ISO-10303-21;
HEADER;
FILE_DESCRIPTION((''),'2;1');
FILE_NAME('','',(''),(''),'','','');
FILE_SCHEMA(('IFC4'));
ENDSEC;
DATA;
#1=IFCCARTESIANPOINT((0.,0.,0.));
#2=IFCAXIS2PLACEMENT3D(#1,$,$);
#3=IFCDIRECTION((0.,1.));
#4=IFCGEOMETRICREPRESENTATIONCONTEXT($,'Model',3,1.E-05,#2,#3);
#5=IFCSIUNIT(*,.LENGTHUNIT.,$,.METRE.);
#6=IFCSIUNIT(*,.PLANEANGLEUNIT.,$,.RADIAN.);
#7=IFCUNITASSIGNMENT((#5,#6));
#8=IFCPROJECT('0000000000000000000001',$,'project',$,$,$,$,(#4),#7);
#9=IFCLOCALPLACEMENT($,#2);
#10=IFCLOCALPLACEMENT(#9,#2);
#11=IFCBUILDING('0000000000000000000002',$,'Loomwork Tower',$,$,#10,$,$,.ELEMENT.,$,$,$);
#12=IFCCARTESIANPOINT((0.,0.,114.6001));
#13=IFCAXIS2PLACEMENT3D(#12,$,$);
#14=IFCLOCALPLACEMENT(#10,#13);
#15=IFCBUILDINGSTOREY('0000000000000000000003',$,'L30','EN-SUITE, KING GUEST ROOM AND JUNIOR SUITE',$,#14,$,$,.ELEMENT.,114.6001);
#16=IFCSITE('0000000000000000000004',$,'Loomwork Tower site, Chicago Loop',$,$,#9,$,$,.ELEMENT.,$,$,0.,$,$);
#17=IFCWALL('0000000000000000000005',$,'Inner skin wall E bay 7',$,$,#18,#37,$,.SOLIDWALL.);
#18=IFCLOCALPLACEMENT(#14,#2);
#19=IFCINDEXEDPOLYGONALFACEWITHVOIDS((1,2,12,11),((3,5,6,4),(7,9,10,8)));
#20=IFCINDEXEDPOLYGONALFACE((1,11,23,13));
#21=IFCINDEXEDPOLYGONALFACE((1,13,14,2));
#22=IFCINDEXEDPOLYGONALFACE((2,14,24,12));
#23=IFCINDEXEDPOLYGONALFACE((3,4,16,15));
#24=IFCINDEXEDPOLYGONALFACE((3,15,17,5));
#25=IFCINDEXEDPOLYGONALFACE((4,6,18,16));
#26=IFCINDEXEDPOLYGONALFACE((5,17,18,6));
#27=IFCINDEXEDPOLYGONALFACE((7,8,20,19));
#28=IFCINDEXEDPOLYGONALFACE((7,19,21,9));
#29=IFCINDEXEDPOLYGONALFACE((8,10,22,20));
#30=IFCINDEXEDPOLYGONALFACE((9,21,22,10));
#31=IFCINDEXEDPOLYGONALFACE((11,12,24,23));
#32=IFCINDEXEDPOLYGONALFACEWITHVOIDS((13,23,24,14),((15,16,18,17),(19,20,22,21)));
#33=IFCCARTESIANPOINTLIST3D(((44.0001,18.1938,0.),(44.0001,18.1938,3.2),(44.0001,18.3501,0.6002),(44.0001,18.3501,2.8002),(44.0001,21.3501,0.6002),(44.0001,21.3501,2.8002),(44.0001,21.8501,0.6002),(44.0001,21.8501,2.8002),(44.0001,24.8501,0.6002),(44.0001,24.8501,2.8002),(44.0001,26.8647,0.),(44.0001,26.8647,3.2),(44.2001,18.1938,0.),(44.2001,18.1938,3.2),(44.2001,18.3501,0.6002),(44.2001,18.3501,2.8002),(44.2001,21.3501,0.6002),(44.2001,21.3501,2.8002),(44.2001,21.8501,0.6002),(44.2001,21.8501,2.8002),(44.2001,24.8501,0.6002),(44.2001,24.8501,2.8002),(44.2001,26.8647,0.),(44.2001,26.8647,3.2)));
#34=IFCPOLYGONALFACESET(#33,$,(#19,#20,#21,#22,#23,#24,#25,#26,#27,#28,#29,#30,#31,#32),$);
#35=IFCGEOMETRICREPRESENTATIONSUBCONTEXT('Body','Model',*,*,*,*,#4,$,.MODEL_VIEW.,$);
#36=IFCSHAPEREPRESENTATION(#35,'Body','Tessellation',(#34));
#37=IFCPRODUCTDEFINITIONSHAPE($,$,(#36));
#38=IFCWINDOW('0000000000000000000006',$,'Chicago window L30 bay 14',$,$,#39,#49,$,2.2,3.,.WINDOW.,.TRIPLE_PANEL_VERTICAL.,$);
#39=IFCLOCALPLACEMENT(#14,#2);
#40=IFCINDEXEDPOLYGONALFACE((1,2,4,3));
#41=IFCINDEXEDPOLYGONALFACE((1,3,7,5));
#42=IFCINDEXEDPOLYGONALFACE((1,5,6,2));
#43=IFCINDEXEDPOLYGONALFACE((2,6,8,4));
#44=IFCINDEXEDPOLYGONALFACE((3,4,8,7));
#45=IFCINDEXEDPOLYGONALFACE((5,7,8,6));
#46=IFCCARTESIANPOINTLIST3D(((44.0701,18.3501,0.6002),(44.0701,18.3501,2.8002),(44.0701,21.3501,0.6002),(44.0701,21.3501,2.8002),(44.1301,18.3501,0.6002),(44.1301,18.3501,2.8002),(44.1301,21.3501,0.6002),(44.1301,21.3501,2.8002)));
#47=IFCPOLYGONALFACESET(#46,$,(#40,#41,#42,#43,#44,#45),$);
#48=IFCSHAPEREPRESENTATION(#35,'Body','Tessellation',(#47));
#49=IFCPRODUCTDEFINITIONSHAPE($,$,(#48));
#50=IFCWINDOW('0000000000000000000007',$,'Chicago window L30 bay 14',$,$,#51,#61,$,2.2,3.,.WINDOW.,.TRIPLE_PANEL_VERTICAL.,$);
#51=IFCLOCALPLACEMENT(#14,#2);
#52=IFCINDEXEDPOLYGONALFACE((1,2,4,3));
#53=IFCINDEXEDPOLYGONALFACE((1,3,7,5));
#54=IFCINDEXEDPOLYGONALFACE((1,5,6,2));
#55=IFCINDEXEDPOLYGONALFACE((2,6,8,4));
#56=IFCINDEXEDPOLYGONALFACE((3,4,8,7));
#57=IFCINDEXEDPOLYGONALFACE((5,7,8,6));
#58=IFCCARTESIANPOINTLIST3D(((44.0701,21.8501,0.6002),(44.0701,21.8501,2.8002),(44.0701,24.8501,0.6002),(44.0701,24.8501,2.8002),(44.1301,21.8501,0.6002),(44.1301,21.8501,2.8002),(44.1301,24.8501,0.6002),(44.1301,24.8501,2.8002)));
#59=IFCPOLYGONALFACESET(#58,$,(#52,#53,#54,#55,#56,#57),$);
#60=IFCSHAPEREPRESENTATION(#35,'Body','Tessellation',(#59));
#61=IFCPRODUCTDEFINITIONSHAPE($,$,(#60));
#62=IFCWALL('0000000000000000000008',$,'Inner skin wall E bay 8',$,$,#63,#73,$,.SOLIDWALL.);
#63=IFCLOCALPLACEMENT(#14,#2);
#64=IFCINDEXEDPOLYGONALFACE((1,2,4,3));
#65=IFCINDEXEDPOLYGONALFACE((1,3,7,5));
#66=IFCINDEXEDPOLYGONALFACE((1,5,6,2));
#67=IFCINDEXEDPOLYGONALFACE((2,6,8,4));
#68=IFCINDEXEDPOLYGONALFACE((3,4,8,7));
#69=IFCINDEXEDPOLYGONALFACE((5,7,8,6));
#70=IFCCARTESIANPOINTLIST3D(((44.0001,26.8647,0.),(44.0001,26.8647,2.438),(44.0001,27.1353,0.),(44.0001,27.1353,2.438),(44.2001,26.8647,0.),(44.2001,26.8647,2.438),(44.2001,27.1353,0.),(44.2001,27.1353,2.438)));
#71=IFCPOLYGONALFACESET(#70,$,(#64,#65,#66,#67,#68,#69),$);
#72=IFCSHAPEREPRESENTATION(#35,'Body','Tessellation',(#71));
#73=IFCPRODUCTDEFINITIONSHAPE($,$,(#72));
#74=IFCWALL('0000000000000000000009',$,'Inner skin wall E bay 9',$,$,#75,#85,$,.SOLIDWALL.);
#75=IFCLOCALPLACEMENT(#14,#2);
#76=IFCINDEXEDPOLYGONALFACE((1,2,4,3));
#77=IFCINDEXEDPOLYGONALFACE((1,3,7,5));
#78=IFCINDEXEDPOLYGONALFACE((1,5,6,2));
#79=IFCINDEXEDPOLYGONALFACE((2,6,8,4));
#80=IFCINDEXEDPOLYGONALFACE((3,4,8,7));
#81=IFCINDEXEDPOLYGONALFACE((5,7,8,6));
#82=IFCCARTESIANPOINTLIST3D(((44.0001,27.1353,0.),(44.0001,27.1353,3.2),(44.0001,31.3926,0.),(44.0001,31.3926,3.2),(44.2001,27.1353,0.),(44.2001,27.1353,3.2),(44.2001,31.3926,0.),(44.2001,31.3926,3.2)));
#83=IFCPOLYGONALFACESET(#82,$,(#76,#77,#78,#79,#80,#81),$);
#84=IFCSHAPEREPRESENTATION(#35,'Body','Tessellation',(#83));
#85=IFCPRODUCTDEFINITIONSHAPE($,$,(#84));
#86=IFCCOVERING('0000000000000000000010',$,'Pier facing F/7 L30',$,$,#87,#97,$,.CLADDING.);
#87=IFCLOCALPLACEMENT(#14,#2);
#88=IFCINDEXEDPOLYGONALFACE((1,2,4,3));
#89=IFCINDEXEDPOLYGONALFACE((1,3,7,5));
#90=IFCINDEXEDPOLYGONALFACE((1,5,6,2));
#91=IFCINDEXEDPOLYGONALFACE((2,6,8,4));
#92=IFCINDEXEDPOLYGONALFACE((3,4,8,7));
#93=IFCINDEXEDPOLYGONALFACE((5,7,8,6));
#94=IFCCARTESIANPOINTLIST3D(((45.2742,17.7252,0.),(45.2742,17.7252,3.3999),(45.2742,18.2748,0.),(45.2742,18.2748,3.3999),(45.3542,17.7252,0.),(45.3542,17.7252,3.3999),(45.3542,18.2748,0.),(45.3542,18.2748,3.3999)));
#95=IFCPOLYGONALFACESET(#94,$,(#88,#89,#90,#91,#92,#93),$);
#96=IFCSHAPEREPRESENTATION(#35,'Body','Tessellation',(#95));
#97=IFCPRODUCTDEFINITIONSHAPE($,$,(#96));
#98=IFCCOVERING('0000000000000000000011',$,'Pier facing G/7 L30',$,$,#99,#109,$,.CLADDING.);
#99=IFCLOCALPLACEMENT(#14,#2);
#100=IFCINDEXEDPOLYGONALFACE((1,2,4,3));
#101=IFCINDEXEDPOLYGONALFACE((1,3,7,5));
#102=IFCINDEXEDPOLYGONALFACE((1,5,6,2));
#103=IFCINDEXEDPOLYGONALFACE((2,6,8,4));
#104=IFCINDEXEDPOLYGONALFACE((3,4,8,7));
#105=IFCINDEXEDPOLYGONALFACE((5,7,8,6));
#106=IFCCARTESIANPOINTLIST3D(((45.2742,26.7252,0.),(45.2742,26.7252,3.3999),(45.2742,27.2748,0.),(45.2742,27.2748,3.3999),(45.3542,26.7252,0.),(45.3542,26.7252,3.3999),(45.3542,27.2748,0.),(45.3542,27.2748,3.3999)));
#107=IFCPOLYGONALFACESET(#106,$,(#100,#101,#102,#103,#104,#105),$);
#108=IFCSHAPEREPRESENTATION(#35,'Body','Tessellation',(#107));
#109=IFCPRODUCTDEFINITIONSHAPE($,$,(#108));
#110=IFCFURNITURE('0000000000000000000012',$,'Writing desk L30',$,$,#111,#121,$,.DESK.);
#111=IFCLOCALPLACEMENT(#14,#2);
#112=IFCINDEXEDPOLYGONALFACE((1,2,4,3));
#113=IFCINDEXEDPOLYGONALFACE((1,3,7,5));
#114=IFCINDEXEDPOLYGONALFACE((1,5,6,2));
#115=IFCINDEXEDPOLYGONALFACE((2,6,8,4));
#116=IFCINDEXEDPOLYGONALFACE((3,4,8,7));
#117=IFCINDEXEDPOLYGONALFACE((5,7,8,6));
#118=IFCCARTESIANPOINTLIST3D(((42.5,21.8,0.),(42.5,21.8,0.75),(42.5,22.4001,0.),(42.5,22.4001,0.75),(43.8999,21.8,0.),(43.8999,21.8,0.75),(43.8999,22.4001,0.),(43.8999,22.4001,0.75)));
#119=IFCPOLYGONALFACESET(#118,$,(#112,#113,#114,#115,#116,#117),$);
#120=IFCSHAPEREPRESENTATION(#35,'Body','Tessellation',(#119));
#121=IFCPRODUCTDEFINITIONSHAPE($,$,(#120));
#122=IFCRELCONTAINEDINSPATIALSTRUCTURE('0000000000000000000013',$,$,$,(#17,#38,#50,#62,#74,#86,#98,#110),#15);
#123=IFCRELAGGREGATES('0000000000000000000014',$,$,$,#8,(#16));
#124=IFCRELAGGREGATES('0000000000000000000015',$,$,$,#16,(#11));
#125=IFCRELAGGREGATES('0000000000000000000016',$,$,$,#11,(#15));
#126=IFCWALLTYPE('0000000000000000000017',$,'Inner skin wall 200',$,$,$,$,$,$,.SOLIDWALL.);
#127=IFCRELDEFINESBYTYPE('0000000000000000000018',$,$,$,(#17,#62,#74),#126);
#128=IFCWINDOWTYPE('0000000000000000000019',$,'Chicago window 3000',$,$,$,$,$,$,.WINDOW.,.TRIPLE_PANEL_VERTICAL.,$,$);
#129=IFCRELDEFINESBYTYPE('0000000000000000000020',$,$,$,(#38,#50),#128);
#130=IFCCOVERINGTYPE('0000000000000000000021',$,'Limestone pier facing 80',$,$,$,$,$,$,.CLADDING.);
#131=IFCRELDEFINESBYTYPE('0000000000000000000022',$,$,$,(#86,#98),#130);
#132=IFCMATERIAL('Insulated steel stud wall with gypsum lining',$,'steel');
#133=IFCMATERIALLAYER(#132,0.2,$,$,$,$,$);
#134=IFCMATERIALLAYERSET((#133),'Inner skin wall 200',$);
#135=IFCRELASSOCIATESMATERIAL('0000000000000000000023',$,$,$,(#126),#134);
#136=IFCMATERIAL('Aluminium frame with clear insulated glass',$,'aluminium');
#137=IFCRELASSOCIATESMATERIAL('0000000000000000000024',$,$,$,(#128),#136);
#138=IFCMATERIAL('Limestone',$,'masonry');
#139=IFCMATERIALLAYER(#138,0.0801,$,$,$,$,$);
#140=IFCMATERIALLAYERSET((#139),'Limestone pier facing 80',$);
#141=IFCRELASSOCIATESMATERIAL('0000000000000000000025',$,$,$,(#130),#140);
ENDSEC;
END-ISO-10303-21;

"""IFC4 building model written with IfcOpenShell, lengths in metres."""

from ifc_helpers import new_model, si_unit, direction, frame, frame_2d, origin, origin_2d, place, context, subcontext, project, spatial, rectangle, extrude, material, layer, layer_set, type_object, element, fill, save


model = new_model("IFC4")

# Units and contexts
model_context = context("Model", 3, precision=1e-05, world=origin(), true_north=direction((0.0, 1.0)))
body_context = subcontext(model_context, "Body", "Model", "MODEL_VIEW")
ifc_project = project(units=[si_unit("LENGTHUNIT", "METRE"), si_unit("PLANEANGLEUNIT", "RADIAN")], contexts=[model_context])

# Site, building, storey
site_placement = place(None, origin())
site = spatial("IfcSite", under=ifc_project, at=site_placement, Name="Loomwork Tower site, Chicago Loop", CompositionType="ELEMENT", RefElevation=0.0)
building_placement = place(site_placement, origin())
building = spatial("IfcBuilding", under=site, at=building_placement, Name="Loomwork Tower", CompositionType="ELEMENT")
storey_placement = place(building_placement, frame((0.0, 0.0, 114.6001)))
storey = spatial("IfcBuildingStorey", under=building, at=storey_placement, Name="L30", Description="EN-SUITE, KING GUEST ROOM AND JUNIOR SUITE", CompositionType="ELEMENT", Elevation=114.6001)

# Wall, openings, windows
ifc_material_1 = material(Name="Insulated steel stud wall with gypsum lining", Category="steel")
ifc_layer_1 = layer(ifc_material_1, 0.2)
ifc_layer_set_1 = layer_set([ifc_layer_1], Name="Inner skin wall 200")
wall_type = type_object("IfcWallType", Name="Inner skin wall 200", PredefinedType="SOLIDWALL", material=ifc_layer_set_1)
wall_1_placement = place(storey_placement, frame((44.1001, 18.1938, 0.0), z_axis=(0.0, 0.0, 1.0), x_axis=(0.0, 1.0, 0.0)))
wall_1 = element("IfcWall", 1, at=wall_1_placement, inside=storey, type_object=wall_type, Name="Inner skin wall E bay 7", PredefinedType="SOLIDWALL", context=body_context, shape_type="SweptSolid", body=[
    extrude(rectangle(XDim=8.6709, YDim=0.2, at=frame_2d((4.3354, 0.0))), origin(), (0.0, 0.0, 1.0), 3.2),
])
opening_1_placement = place(wall_1_placement, frame((0.1562, 0.0, 0.6001)))
opening_1 = element("IfcOpeningElement", 2, at=opening_1_placement, cuts=wall_1, PredefinedType="OPENING", context=body_context, shape_type="SweptSolid", body=[
    extrude(rectangle(XDim=3.0, YDim=2.2, at=frame_2d((1.5, 1.1001))), frame((0.0, 0.1099, 0.0), z_axis=(0.0, -1.0, 0.0), x_axis=(1.0, 0.0, 0.0)), (0.0, 0.0, 1.0), 0.22),
])
opening_2_placement = place(wall_1_placement, frame((3.6562, 0.0, 0.6001)))
opening_2 = element("IfcOpeningElement", 3, at=opening_2_placement, cuts=wall_1, PredefinedType="OPENING", context=body_context, shape_type="SweptSolid", body=[
    extrude(rectangle(XDim=3.0, YDim=2.2, at=frame_2d((1.5, 1.1001))), frame((0.0, 0.1099, 0.0), z_axis=(0.0, -1.0, 0.0), x_axis=(1.0, 0.0, 0.0)), (0.0, 0.0, 1.0), 0.22),
])
ifc_material_2 = material(Name="Aluminium frame with clear insulated glass", Category="aluminium")
window_type = type_object("IfcWindowType", Name="Chicago window 3000", PartitioningType="TRIPLE_PANEL_VERTICAL", PredefinedType="WINDOW", material=ifc_material_2)
window_1_placement = place(opening_1_placement, origin())
window_1 = element("IfcWindow", 4, at=window_1_placement, inside=storey, type_object=window_type, Name="Chicago window L30 bay 14", OverallHeight=2.2, OverallWidth=3.0, PartitioningType="TRIPLE_PANEL_VERTICAL", PredefinedType="WINDOW", context=body_context, shape_type="SweptSolid", body=[
    extrude(rectangle(XDim=3.0, YDim=2.2, at=frame_2d((1.5, 1.1001))), frame((0.0, 0.03, 0.0), z_axis=(0.0, -1.0, 0.0), x_axis=(1.0, 0.0, 0.0)), (0.0, 0.0, 1.0), 0.0601),
])
fill(opening_1, window_1)
window_2_placement = place(opening_2_placement, origin())
window_2 = element("IfcWindow", 5, at=window_2_placement, inside=storey, type_object=window_type, Name="Chicago window L30 bay 14", OverallHeight=2.2, OverallWidth=3.0, PartitioningType="TRIPLE_PANEL_VERTICAL", PredefinedType="WINDOW", context=body_context, shape_type="SweptSolid", body=[
    extrude(rectangle(XDim=3.0, YDim=2.2, at=frame_2d((1.5, 1.1001))), frame((0.0, 0.03, 0.0), z_axis=(0.0, -1.0, 0.0), x_axis=(1.0, 0.0, 0.0)), (0.0, 0.0, 1.0), 0.0601),
])
fill(opening_2, window_2)

# Walls
wall_2_placement = place(storey_placement, frame((44.1001, 26.8647, 0.0), z_axis=(0.0, 0.0, 1.0), x_axis=(0.0, 1.0, 0.0)))
element("IfcWall", 6, at=wall_2_placement, inside=storey, type_object=wall_type, Name="Inner skin wall E bay 8", PredefinedType="SOLIDWALL", context=body_context, shape_type="SweptSolid", body=[
    extrude(rectangle(XDim=0.2705, YDim=0.2, at=frame_2d((0.1353, 0.0))), origin(), (0.0, 0.0, 1.0), 2.438),
])
wall_3_placement = place(storey_placement, frame((44.1001, 27.1353, 0.0), z_axis=(0.0, 0.0, 1.0), x_axis=(0.0, 1.0, 0.0)))
element("IfcWall", 7, at=wall_3_placement, inside=storey, type_object=wall_type, Name="Inner skin wall E bay 9", PredefinedType="SOLIDWALL", context=body_context, shape_type="SweptSolid", body=[
    extrude(rectangle(XDim=4.2573, YDim=0.2, at=frame_2d((2.1287, 0.0))), origin(), (0.0, 0.0, 1.0), 3.2),
])

# Coverings
ifc_material_3 = material(Name="Limestone", Category="masonry")
ifc_layer_2 = layer(ifc_material_3, 0.0801)
ifc_layer_set_2 = layer_set([ifc_layer_2], Name="Limestone pier facing 80")
covering_type = type_object("IfcCoveringType", Name="Limestone pier facing 80", PredefinedType="CLADDING", material=ifc_layer_set_2)
for number, where, z_axis, x_axis, name in (
    (8, (45.3142, 18.0, 0.0), (0.0, 0.0, 1.0), (1.0, 0.0, 0.0), "Pier facing F/7 L30"),
    (9, (45.3142, 27.0, 0.0), (0.0, 0.0, 1.0), (1.0, 0.0, 0.0), "Pier facing G/7 L30"),
):
    element("IfcCovering", number, at=place(storey_placement, frame(where, z_axis=z_axis, x_axis=x_axis)), inside=storey, type_object=covering_type, Name=name, PredefinedType="CLADDING", context=body_context, shape_type="SweptSolid", body=[
        extrude(rectangle(XDim=0.0801, YDim=0.5496, at=origin_2d()), origin(), (0.0, 0.0, 1.0), 3.3999),
    ])

# Furniture
furniture_placement = place(storey_placement, frame((43.2, 22.1001, 0.0), z_axis=(0.0, 0.0, 1.0), x_axis=(1.0, 0.0, 0.0)))
element("IfcFurniture", 10, at=furniture_placement, inside=storey, Name="Writing desk L30", PredefinedType="DESK", context=body_context, shape_type="SweptSolid", body=[
    extrude(rectangle(XDim=1.3999, YDim=0.6001, at=origin_2d()), origin(), (0.0, 0.0, 1.0), 0.75),
])

save(model, "model.ifc")
